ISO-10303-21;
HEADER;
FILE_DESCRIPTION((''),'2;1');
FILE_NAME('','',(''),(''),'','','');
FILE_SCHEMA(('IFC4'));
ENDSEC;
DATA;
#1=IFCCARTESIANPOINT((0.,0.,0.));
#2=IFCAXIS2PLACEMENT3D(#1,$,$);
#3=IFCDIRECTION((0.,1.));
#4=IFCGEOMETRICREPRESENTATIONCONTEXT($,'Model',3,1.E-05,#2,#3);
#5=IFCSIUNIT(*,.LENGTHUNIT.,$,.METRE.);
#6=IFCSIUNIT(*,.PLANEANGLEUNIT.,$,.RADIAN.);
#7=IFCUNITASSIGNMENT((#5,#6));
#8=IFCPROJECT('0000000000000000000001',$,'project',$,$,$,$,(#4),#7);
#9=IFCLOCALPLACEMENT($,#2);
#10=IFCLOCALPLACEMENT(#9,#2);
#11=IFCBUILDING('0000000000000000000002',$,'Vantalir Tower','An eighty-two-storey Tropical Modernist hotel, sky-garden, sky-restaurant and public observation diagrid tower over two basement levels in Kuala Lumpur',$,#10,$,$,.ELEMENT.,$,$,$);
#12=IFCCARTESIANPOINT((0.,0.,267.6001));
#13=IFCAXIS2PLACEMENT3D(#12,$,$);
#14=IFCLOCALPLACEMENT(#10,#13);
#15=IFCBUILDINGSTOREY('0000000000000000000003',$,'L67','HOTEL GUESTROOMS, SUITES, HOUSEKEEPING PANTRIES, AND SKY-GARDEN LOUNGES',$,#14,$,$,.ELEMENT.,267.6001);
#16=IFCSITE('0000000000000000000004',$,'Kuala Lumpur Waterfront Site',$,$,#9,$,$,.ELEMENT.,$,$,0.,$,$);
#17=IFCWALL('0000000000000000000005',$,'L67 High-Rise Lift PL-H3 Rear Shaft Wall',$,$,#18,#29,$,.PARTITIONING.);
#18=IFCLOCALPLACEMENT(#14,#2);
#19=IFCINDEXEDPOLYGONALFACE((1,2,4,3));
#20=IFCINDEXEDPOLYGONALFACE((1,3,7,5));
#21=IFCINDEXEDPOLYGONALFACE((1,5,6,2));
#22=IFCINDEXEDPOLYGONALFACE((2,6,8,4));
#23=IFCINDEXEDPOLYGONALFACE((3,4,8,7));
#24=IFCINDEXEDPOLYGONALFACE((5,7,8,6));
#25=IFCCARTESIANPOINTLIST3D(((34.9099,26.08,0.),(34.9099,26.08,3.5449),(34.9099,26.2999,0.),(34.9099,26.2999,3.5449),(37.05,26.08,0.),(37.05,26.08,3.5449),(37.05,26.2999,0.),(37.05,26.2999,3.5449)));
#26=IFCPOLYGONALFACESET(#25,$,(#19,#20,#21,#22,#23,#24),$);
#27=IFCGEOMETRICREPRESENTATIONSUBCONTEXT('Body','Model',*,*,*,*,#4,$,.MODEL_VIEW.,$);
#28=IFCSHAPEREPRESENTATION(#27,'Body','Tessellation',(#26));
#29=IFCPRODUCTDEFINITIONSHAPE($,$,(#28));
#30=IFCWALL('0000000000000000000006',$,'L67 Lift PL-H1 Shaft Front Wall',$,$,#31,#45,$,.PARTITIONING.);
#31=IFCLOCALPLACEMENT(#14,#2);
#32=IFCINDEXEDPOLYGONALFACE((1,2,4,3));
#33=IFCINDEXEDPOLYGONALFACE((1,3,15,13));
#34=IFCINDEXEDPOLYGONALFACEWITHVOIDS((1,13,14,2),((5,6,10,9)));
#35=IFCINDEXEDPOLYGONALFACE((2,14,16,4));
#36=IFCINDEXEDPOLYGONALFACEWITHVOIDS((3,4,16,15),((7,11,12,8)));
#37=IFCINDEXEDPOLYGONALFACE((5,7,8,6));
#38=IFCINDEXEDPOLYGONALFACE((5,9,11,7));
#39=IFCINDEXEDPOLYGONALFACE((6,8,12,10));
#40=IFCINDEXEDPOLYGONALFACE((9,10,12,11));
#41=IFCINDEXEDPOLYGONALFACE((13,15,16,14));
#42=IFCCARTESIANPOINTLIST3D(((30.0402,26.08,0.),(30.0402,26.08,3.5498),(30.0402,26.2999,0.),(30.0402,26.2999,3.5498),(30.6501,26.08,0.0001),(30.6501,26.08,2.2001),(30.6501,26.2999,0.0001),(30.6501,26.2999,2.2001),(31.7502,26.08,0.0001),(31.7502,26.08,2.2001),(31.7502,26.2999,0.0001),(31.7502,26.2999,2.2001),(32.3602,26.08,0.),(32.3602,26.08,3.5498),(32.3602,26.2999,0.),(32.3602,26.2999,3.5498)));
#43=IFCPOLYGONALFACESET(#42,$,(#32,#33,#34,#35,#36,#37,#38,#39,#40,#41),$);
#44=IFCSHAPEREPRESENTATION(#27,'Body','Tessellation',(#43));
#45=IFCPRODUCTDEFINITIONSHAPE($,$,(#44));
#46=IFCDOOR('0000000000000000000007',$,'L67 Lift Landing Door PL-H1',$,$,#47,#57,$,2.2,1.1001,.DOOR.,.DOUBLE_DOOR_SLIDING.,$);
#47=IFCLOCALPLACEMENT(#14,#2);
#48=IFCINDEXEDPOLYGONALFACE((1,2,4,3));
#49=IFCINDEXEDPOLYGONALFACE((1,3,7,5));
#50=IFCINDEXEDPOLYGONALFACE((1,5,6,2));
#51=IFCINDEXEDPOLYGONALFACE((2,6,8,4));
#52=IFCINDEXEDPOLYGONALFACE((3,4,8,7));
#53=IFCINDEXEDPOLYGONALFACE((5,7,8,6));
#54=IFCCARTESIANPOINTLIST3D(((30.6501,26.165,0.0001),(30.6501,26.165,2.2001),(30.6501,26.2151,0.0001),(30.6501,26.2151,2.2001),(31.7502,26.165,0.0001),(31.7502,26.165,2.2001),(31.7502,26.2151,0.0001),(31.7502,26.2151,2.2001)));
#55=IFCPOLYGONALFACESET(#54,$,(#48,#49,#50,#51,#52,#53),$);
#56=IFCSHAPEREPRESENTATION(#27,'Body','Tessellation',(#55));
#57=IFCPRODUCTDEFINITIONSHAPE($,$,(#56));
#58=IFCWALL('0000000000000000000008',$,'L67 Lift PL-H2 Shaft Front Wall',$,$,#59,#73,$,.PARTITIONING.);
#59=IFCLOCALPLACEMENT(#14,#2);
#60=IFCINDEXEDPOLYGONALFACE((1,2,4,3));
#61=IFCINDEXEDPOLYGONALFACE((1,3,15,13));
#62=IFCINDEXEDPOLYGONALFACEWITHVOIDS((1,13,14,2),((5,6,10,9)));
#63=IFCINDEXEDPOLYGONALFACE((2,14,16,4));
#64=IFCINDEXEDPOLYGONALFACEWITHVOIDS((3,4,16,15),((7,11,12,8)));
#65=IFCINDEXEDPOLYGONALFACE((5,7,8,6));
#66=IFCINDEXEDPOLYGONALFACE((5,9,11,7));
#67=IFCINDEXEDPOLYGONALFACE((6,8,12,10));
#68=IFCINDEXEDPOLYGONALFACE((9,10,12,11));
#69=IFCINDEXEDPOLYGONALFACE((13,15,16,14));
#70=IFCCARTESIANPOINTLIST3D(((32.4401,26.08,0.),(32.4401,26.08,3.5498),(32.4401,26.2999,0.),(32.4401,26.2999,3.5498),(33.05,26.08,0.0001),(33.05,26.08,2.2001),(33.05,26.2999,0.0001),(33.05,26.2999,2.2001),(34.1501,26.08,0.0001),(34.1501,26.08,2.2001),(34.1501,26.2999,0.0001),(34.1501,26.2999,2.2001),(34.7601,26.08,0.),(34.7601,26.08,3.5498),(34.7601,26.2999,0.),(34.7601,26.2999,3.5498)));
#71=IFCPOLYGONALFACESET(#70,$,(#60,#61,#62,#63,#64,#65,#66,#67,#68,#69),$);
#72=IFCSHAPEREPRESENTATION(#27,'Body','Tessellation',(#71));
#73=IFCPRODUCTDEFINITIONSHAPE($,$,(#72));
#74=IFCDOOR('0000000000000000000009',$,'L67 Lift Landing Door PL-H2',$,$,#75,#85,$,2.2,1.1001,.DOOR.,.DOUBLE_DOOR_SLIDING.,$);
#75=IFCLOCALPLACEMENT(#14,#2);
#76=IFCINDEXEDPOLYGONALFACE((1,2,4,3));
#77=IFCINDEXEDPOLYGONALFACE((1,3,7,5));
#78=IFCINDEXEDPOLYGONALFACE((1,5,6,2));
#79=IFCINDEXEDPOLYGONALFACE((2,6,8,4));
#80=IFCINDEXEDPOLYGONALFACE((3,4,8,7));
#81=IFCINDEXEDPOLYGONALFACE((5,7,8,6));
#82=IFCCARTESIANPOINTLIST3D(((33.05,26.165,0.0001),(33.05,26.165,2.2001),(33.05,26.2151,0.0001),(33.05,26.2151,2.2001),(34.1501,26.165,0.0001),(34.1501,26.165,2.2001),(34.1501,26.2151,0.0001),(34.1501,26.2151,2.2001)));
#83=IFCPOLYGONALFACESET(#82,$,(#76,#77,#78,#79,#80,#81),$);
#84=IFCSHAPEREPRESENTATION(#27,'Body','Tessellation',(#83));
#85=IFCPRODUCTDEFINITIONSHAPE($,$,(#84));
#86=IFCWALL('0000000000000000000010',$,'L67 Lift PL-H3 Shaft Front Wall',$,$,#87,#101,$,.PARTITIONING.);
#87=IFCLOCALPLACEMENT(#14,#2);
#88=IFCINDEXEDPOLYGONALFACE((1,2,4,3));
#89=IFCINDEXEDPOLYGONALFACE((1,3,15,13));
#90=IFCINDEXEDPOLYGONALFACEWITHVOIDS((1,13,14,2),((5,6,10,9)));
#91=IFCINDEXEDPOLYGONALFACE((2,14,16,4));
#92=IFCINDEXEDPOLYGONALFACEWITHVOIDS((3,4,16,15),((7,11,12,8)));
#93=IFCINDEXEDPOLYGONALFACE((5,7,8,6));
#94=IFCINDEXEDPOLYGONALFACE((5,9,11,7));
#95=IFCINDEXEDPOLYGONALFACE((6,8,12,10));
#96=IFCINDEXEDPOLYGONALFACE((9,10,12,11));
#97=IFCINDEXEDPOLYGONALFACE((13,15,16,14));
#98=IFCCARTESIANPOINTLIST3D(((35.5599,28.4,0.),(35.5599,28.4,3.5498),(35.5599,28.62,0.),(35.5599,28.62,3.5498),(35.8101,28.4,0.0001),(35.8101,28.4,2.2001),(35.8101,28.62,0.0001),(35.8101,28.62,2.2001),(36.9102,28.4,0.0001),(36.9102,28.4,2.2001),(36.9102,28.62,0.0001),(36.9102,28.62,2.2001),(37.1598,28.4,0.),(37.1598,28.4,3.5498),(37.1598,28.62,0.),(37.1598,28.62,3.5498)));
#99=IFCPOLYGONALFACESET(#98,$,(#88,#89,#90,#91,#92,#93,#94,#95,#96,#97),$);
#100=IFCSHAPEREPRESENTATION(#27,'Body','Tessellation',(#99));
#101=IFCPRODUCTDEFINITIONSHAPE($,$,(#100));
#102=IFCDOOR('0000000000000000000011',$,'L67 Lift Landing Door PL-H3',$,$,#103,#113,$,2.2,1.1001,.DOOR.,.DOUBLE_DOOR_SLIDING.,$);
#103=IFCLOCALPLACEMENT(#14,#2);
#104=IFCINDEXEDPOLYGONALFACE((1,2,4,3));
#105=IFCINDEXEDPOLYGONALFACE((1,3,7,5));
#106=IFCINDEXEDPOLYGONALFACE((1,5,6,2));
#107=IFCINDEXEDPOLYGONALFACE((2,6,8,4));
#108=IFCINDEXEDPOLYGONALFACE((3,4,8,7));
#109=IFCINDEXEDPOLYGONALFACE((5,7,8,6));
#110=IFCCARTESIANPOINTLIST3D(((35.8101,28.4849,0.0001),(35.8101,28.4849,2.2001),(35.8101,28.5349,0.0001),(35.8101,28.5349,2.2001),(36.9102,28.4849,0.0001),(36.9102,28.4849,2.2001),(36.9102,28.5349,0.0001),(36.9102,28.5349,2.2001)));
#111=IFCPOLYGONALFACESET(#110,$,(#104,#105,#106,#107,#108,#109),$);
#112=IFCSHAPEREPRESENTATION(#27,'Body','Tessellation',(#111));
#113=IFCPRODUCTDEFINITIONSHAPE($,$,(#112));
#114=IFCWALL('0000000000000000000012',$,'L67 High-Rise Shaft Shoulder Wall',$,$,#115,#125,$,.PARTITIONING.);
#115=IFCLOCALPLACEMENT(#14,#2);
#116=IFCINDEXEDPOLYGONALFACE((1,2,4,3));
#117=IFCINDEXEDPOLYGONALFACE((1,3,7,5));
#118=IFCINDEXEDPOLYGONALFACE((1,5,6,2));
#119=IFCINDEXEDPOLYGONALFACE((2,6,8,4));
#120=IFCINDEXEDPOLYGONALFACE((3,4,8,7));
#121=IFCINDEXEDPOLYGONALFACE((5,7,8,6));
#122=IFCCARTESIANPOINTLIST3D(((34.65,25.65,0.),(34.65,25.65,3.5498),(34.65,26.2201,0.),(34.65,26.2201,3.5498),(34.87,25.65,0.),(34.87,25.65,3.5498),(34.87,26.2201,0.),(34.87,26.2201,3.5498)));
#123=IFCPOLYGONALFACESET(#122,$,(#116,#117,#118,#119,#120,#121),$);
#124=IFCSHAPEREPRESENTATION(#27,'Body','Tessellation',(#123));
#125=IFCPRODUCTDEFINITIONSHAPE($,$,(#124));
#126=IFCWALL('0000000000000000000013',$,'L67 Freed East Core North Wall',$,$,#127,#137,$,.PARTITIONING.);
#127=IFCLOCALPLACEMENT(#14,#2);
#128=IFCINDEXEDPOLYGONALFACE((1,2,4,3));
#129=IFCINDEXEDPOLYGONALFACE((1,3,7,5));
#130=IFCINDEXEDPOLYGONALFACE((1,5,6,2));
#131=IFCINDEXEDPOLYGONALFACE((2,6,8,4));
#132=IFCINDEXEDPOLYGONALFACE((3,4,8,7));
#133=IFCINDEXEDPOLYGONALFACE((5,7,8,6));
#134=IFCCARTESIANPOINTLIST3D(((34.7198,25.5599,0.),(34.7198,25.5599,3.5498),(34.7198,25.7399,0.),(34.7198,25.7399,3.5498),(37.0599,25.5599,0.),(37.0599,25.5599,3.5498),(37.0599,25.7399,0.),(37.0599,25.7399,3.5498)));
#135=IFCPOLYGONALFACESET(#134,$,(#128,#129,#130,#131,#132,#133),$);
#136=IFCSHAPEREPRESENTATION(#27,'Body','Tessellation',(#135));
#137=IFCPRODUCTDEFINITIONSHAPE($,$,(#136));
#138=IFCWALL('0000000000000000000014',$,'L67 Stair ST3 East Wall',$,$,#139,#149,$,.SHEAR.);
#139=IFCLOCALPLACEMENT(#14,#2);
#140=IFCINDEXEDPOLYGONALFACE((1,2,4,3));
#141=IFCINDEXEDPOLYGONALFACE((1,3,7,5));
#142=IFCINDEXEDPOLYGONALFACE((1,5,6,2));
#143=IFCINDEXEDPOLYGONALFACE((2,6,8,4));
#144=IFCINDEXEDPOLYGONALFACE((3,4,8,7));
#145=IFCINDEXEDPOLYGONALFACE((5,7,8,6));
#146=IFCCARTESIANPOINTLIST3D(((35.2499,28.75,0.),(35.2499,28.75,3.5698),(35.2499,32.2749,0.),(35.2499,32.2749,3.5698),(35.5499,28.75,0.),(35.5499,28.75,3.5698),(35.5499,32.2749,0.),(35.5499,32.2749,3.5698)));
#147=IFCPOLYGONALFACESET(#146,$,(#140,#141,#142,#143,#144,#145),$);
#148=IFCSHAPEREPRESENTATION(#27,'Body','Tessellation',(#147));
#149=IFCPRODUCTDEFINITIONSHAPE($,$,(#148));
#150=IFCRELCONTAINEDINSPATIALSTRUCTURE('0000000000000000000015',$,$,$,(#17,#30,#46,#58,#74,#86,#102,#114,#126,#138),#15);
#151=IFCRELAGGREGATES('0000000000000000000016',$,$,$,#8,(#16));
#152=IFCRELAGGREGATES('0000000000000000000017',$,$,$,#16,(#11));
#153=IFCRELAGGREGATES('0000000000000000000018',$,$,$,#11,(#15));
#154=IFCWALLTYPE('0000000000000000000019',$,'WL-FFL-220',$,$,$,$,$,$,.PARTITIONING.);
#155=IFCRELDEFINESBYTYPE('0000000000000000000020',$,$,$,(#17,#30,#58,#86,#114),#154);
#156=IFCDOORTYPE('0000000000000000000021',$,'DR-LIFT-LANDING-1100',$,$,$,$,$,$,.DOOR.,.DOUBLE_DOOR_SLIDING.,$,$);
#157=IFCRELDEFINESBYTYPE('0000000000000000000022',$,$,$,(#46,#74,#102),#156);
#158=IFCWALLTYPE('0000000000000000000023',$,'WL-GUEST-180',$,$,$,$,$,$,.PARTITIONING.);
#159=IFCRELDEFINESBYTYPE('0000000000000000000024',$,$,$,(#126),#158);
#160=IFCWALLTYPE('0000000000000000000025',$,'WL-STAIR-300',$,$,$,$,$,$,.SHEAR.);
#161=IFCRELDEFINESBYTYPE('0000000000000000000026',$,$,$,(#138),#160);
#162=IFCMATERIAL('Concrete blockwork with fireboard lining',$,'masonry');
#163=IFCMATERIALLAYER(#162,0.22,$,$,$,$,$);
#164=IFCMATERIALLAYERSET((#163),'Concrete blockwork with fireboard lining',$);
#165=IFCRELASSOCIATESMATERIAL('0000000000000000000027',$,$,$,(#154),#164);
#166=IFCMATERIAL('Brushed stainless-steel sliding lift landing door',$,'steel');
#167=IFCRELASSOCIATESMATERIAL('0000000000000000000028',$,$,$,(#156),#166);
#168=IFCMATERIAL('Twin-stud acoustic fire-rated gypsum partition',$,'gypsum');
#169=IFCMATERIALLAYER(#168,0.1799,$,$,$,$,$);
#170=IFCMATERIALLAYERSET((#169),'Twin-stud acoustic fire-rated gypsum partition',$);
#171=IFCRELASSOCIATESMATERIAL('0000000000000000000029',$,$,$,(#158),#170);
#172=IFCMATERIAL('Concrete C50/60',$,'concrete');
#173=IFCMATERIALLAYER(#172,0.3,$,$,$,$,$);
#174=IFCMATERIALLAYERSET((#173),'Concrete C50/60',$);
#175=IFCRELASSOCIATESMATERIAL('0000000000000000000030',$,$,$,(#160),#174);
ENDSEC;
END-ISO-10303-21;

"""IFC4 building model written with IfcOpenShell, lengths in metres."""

from ifc_helpers import new_model, si_unit, direction, frame, frame_2d, origin, place, context, subcontext, project, spatial, rectangle, extrude, material, layer, layer_set, type_object, element, fill, save


model = new_model("IFC4")

# Units and contexts
model_context = context("Model", 3, precision=1e-05, world=origin(), true_north=direction((0.0, 1.0)))
body_context = subcontext(model_context, "Body", "Model", "MODEL_VIEW")
ifc_project = project(units=[si_unit("LENGTHUNIT", "METRE"), si_unit("PLANEANGLEUNIT", "RADIAN")], contexts=[model_context])

# Site, building, storey
site_placement = place(None, origin())
site = spatial("IfcSite", under=ifc_project, at=site_placement, Name="Kuala Lumpur Waterfront Site", CompositionType="ELEMENT", RefElevation=0.0)
building_placement = place(site_placement, origin())
building = spatial("IfcBuilding", under=site, at=building_placement, Name="Vantalir Tower", Description="An eighty-two-storey Tropical Modernist hotel, sky-garden, sky-restaurant and public observation diagrid tower over two basement levels in Kuala Lumpur", CompositionType="ELEMENT")
storey_placement = place(building_placement, frame((0.0, 0.0, 267.6001)))
storey = spatial("IfcBuildingStorey", under=building, at=storey_placement, Name="L67", Description="HOTEL GUESTROOMS, SUITES, HOUSEKEEPING PANTRIES, AND SKY-GARDEN LOUNGES", CompositionType="ELEMENT", Elevation=267.6001)

# Shared definitions
ifc_material_1 = material(Name="Concrete C50/60", Category="concrete")

# Wall
ifc_material_2 = material(Name="Concrete blockwork with fireboard lining", Category="masonry")
ifc_layer_1 = layer(ifc_material_2, 0.22)
ifc_layer_set_1 = layer_set([ifc_layer_1], Name="Concrete blockwork with fireboard lining")
wall_type_1 = type_object("IfcWallType", Name="WL-FFL-220", PredefinedType="PARTITIONING", material=ifc_layer_set_1)
wall_1_placement = place(storey_placement, frame((34.9099, 26.1899, 0.0), z_axis=(0.0, 0.0, 1.0), x_axis=(1.0, 0.0, 0.0)))
element("IfcWall", 1, at=wall_1_placement, inside=storey, type_object=wall_type_1, Name="L67 High-Rise Lift PL-H3 Rear Shaft Wall", PredefinedType="PARTITIONING", context=body_context, shape_type="SweptSolid", body=[
    extrude(rectangle(XDim=2.1401, YDim=0.22, at=frame_2d((1.0701, 0.0))), origin(), (0.0, 0.0, 1.0), 3.5449),
])

# Walls, openings, doors
wall_2_placement = place(storey_placement, frame((30.04, 26.1899, 0.0), z_axis=(0.0, 0.0, 1.0), x_axis=(1.0, 0.0, 0.0)))
wall_2 = element("IfcWall", 2, at=wall_2_placement, inside=storey, type_object=wall_type_1, Name="L67 Lift PL-H1 Shaft Front Wall", PredefinedType="PARTITIONING", context=body_context, shape_type="SweptSolid", body=[
    extrude(rectangle(XDim=2.3201, YDim=0.22, at=frame_2d((1.1602, 0.0))), origin(), (0.0, 0.0, 1.0), 3.5498),
])
opening_1_placement = place(wall_2_placement, frame((0.6101, 0.0, 0.0)))
opening_1 = element("IfcOpeningElement", 3, at=opening_1_placement, cuts=wall_2, PredefinedType="OPENING", context=body_context, shape_type="SweptSolid", body=[
    extrude(rectangle(XDim=1.1001, YDim=2.2, at=frame_2d((0.55, 1.1001))), frame((0.0, 0.1199, 0.0), z_axis=(0.0, -1.0, 0.0), x_axis=(1.0, 0.0, 0.0)), (0.0, 0.0, 1.0), 0.24),
])
ifc_material_3 = material(Name="Brushed stainless-steel sliding lift landing door", Category="steel")
door_type_1 = type_object("IfcDoorType", Name="DR-LIFT-LANDING-1100", OperationType="DOUBLE_DOOR_SLIDING", PredefinedType="DOOR", material=ifc_material_3)
door_1_placement = place(opening_1_placement, frame((1.1001, 0.0, 0.0), z_axis=(0.0, 0.0, 1.0), x_axis=(-1.0, 0.0, 0.0)))
door_1 = element("IfcDoor", 4, at=door_1_placement, inside=storey, type_object=door_type_1, Name="L67 Lift Landing Door PL-H1", OperationType="DOUBLE_DOOR_SLIDING", OverallHeight=2.2, OverallWidth=1.1001, PredefinedType="DOOR", context=body_context, shape_type="SweptSolid", body=[
    extrude(rectangle(XDim=1.1001, YDim=2.2, at=frame_2d((0.55, 1.1001))), frame((0.0, 0.0249, 0.0), z_axis=(0.0, -1.0, 0.0), x_axis=(1.0, 0.0, 0.0)), (0.0, 0.0, 1.0), 0.05),
])
fill(opening_1, door_1)
wall_3_placement = place(storey_placement, frame((32.4399, 26.1899, 0.0), z_axis=(0.0, 0.0, 1.0), x_axis=(1.0, 0.0, 0.0)))
wall_3 = element("IfcWall", 5, at=wall_3_placement, inside=storey, type_object=wall_type_1, Name="L67 Lift PL-H2 Shaft Front Wall", PredefinedType="PARTITIONING", context=body_context, shape_type="SweptSolid", body=[
    extrude(rectangle(XDim=2.3201, YDim=0.22, at=frame_2d((1.1602, 0.0))), origin(), (0.0, 0.0, 1.0), 3.5498),
])
opening_2_placement = place(wall_3_placement, frame((0.6101, 0.0, 0.0)))
opening_2 = element("IfcOpeningElement", 6, at=opening_2_placement, cuts=wall_3, PredefinedType="OPENING", context=body_context, shape_type="SweptSolid", body=[
    extrude(rectangle(XDim=1.1001, YDim=2.2, at=frame_2d((0.55, 1.1001))), frame((0.0, 0.1199, 0.0), z_axis=(0.0, -1.0, 0.0), x_axis=(1.0, 0.0, 0.0)), (0.0, 0.0, 1.0), 0.24),
])
door_2_placement = place(opening_2_placement, frame((1.1001, 0.0, 0.0), z_axis=(0.0, 0.0, 1.0), x_axis=(-1.0, 0.0, 0.0)))
door_2 = element("IfcDoor", 7, at=door_2_placement, inside=storey, type_object=door_type_1, Name="L67 Lift Landing Door PL-H2", OperationType="DOUBLE_DOOR_SLIDING", OverallHeight=2.2, OverallWidth=1.1001, PredefinedType="DOOR", context=body_context, shape_type="SweptSolid", body=[
    extrude(rectangle(XDim=1.1001, YDim=2.2, at=frame_2d((0.55, 1.1001))), frame((0.0, 0.0249, 0.0), z_axis=(0.0, -1.0, 0.0), x_axis=(1.0, 0.0, 0.0)), (0.0, 0.0, 1.0), 0.05),
])
fill(opening_2, door_2)
wall_4_placement = place(storey_placement, frame((35.5601, 28.51, 0.0), z_axis=(0.0, 0.0, 1.0), x_axis=(1.0, 0.0, 0.0)))
wall_4 = element("IfcWall", 8, at=wall_4_placement, inside=storey, type_object=wall_type_1, Name="L67 Lift PL-H3 Shaft Front Wall", PredefinedType="PARTITIONING", context=body_context, shape_type="SweptSolid", body=[
    extrude(rectangle(XDim=1.5999, YDim=0.22, at=frame_2d((0.7998, 0.0))), origin(), (0.0, 0.0, 1.0), 3.5498),
])
opening_3_placement = place(wall_4_placement, frame((0.25, 0.0, 0.0)))
opening_3 = element("IfcOpeningElement", 9, at=opening_3_placement, cuts=wall_4, PredefinedType="OPENING", context=body_context, shape_type="SweptSolid", body=[
    extrude(rectangle(XDim=1.1001, YDim=2.2, at=frame_2d((0.55, 1.1001))), frame((0.0, 0.1199, 0.0), z_axis=(0.0, -1.0, 0.0), x_axis=(1.0, 0.0, 0.0)), (0.0, 0.0, 1.0), 0.24),
])
door_3_placement = place(opening_3_placement, origin())
door_3 = element("IfcDoor", 10, at=door_3_placement, inside=storey, type_object=door_type_1, Name="L67 Lift Landing Door PL-H3", OperationType="DOUBLE_DOOR_SLIDING", OverallHeight=2.2, OverallWidth=1.1001, PredefinedType="DOOR", context=body_context, shape_type="SweptSolid", body=[
    extrude(rectangle(XDim=1.1001, YDim=2.2, at=frame_2d((0.55, 1.1001))), frame((0.0, 0.0249, 0.0), z_axis=(0.0, -1.0, 0.0), x_axis=(1.0, 0.0, 0.0)), (0.0, 0.0, 1.0), 0.05),
])
fill(opening_3, door_3)

# Walls
wall_5_placement = place(storey_placement, frame((34.76, 25.6499, 0.0), z_axis=(0.0, 0.0, 1.0), x_axis=(0.0, 1.0, 0.0)))
element("IfcWall", 11, at=wall_5_placement, inside=storey, type_object=wall_type_1, Name="L67 High-Rise Shaft Shoulder Wall", PredefinedType="PARTITIONING", context=body_context, shape_type="SweptSolid", body=[
    extrude(rectangle(XDim=0.5701, YDim=0.22, at=frame_2d((0.2852, 0.0))), origin(), (0.0, 0.0, 1.0), 3.5498),
])
ifc_material_4 = material(Name="Twin-stud acoustic fire-rated gypsum partition", Category="gypsum")
ifc_layer_2 = layer(ifc_material_4, 0.1799)
ifc_layer_set_2 = layer_set([ifc_layer_2], Name="Twin-stud acoustic fire-rated gypsum partition")
wall_type_2 = type_object("IfcWallType", Name="WL-GUEST-180", PredefinedType="PARTITIONING", material=ifc_layer_set_2)
wall_6_placement = place(storey_placement, frame((34.72, 25.6499, 0.0), z_axis=(0.0, 0.0, 1.0), x_axis=(1.0, 0.0, 0.0)))
element("IfcWall", 12, at=wall_6_placement, inside=storey, type_object=wall_type_2, Name="L67 Freed East Core North Wall", PredefinedType="PARTITIONING", context=body_context, shape_type="SweptSolid", body=[
    extrude(rectangle(XDim=2.3401, YDim=0.1799, at=frame_2d((1.1699, 0.0))), origin(), (0.0, 0.0, 1.0), 3.5498),
])
ifc_layer_3 = layer(ifc_material_1, 0.3)
ifc_layer_set_3 = layer_set([ifc_layer_3], Name="Concrete C50/60")
wall_type_3 = type_object("IfcWallType", Name="WL-STAIR-300", PredefinedType="SHEAR", material=ifc_layer_set_3)
wall_7_placement = place(storey_placement, frame((35.3999, 28.75, 0.0), z_axis=(0.0, 0.0, 1.0), x_axis=(0.0, 1.0, 0.0)))
element("IfcWall", 13, at=wall_7_placement, inside=storey, type_object=wall_type_3, Name="L67 Stair ST3 East Wall", PredefinedType="SHEAR", context=body_context, shape_type="SweptSolid", body=[
    extrude(rectangle(XDim=3.5249, YDim=0.3, at=frame_2d((1.7625, 0.0))), origin(), (0.0, 0.0, 1.0), 3.5698),
])

save(model, "model.ifc")
